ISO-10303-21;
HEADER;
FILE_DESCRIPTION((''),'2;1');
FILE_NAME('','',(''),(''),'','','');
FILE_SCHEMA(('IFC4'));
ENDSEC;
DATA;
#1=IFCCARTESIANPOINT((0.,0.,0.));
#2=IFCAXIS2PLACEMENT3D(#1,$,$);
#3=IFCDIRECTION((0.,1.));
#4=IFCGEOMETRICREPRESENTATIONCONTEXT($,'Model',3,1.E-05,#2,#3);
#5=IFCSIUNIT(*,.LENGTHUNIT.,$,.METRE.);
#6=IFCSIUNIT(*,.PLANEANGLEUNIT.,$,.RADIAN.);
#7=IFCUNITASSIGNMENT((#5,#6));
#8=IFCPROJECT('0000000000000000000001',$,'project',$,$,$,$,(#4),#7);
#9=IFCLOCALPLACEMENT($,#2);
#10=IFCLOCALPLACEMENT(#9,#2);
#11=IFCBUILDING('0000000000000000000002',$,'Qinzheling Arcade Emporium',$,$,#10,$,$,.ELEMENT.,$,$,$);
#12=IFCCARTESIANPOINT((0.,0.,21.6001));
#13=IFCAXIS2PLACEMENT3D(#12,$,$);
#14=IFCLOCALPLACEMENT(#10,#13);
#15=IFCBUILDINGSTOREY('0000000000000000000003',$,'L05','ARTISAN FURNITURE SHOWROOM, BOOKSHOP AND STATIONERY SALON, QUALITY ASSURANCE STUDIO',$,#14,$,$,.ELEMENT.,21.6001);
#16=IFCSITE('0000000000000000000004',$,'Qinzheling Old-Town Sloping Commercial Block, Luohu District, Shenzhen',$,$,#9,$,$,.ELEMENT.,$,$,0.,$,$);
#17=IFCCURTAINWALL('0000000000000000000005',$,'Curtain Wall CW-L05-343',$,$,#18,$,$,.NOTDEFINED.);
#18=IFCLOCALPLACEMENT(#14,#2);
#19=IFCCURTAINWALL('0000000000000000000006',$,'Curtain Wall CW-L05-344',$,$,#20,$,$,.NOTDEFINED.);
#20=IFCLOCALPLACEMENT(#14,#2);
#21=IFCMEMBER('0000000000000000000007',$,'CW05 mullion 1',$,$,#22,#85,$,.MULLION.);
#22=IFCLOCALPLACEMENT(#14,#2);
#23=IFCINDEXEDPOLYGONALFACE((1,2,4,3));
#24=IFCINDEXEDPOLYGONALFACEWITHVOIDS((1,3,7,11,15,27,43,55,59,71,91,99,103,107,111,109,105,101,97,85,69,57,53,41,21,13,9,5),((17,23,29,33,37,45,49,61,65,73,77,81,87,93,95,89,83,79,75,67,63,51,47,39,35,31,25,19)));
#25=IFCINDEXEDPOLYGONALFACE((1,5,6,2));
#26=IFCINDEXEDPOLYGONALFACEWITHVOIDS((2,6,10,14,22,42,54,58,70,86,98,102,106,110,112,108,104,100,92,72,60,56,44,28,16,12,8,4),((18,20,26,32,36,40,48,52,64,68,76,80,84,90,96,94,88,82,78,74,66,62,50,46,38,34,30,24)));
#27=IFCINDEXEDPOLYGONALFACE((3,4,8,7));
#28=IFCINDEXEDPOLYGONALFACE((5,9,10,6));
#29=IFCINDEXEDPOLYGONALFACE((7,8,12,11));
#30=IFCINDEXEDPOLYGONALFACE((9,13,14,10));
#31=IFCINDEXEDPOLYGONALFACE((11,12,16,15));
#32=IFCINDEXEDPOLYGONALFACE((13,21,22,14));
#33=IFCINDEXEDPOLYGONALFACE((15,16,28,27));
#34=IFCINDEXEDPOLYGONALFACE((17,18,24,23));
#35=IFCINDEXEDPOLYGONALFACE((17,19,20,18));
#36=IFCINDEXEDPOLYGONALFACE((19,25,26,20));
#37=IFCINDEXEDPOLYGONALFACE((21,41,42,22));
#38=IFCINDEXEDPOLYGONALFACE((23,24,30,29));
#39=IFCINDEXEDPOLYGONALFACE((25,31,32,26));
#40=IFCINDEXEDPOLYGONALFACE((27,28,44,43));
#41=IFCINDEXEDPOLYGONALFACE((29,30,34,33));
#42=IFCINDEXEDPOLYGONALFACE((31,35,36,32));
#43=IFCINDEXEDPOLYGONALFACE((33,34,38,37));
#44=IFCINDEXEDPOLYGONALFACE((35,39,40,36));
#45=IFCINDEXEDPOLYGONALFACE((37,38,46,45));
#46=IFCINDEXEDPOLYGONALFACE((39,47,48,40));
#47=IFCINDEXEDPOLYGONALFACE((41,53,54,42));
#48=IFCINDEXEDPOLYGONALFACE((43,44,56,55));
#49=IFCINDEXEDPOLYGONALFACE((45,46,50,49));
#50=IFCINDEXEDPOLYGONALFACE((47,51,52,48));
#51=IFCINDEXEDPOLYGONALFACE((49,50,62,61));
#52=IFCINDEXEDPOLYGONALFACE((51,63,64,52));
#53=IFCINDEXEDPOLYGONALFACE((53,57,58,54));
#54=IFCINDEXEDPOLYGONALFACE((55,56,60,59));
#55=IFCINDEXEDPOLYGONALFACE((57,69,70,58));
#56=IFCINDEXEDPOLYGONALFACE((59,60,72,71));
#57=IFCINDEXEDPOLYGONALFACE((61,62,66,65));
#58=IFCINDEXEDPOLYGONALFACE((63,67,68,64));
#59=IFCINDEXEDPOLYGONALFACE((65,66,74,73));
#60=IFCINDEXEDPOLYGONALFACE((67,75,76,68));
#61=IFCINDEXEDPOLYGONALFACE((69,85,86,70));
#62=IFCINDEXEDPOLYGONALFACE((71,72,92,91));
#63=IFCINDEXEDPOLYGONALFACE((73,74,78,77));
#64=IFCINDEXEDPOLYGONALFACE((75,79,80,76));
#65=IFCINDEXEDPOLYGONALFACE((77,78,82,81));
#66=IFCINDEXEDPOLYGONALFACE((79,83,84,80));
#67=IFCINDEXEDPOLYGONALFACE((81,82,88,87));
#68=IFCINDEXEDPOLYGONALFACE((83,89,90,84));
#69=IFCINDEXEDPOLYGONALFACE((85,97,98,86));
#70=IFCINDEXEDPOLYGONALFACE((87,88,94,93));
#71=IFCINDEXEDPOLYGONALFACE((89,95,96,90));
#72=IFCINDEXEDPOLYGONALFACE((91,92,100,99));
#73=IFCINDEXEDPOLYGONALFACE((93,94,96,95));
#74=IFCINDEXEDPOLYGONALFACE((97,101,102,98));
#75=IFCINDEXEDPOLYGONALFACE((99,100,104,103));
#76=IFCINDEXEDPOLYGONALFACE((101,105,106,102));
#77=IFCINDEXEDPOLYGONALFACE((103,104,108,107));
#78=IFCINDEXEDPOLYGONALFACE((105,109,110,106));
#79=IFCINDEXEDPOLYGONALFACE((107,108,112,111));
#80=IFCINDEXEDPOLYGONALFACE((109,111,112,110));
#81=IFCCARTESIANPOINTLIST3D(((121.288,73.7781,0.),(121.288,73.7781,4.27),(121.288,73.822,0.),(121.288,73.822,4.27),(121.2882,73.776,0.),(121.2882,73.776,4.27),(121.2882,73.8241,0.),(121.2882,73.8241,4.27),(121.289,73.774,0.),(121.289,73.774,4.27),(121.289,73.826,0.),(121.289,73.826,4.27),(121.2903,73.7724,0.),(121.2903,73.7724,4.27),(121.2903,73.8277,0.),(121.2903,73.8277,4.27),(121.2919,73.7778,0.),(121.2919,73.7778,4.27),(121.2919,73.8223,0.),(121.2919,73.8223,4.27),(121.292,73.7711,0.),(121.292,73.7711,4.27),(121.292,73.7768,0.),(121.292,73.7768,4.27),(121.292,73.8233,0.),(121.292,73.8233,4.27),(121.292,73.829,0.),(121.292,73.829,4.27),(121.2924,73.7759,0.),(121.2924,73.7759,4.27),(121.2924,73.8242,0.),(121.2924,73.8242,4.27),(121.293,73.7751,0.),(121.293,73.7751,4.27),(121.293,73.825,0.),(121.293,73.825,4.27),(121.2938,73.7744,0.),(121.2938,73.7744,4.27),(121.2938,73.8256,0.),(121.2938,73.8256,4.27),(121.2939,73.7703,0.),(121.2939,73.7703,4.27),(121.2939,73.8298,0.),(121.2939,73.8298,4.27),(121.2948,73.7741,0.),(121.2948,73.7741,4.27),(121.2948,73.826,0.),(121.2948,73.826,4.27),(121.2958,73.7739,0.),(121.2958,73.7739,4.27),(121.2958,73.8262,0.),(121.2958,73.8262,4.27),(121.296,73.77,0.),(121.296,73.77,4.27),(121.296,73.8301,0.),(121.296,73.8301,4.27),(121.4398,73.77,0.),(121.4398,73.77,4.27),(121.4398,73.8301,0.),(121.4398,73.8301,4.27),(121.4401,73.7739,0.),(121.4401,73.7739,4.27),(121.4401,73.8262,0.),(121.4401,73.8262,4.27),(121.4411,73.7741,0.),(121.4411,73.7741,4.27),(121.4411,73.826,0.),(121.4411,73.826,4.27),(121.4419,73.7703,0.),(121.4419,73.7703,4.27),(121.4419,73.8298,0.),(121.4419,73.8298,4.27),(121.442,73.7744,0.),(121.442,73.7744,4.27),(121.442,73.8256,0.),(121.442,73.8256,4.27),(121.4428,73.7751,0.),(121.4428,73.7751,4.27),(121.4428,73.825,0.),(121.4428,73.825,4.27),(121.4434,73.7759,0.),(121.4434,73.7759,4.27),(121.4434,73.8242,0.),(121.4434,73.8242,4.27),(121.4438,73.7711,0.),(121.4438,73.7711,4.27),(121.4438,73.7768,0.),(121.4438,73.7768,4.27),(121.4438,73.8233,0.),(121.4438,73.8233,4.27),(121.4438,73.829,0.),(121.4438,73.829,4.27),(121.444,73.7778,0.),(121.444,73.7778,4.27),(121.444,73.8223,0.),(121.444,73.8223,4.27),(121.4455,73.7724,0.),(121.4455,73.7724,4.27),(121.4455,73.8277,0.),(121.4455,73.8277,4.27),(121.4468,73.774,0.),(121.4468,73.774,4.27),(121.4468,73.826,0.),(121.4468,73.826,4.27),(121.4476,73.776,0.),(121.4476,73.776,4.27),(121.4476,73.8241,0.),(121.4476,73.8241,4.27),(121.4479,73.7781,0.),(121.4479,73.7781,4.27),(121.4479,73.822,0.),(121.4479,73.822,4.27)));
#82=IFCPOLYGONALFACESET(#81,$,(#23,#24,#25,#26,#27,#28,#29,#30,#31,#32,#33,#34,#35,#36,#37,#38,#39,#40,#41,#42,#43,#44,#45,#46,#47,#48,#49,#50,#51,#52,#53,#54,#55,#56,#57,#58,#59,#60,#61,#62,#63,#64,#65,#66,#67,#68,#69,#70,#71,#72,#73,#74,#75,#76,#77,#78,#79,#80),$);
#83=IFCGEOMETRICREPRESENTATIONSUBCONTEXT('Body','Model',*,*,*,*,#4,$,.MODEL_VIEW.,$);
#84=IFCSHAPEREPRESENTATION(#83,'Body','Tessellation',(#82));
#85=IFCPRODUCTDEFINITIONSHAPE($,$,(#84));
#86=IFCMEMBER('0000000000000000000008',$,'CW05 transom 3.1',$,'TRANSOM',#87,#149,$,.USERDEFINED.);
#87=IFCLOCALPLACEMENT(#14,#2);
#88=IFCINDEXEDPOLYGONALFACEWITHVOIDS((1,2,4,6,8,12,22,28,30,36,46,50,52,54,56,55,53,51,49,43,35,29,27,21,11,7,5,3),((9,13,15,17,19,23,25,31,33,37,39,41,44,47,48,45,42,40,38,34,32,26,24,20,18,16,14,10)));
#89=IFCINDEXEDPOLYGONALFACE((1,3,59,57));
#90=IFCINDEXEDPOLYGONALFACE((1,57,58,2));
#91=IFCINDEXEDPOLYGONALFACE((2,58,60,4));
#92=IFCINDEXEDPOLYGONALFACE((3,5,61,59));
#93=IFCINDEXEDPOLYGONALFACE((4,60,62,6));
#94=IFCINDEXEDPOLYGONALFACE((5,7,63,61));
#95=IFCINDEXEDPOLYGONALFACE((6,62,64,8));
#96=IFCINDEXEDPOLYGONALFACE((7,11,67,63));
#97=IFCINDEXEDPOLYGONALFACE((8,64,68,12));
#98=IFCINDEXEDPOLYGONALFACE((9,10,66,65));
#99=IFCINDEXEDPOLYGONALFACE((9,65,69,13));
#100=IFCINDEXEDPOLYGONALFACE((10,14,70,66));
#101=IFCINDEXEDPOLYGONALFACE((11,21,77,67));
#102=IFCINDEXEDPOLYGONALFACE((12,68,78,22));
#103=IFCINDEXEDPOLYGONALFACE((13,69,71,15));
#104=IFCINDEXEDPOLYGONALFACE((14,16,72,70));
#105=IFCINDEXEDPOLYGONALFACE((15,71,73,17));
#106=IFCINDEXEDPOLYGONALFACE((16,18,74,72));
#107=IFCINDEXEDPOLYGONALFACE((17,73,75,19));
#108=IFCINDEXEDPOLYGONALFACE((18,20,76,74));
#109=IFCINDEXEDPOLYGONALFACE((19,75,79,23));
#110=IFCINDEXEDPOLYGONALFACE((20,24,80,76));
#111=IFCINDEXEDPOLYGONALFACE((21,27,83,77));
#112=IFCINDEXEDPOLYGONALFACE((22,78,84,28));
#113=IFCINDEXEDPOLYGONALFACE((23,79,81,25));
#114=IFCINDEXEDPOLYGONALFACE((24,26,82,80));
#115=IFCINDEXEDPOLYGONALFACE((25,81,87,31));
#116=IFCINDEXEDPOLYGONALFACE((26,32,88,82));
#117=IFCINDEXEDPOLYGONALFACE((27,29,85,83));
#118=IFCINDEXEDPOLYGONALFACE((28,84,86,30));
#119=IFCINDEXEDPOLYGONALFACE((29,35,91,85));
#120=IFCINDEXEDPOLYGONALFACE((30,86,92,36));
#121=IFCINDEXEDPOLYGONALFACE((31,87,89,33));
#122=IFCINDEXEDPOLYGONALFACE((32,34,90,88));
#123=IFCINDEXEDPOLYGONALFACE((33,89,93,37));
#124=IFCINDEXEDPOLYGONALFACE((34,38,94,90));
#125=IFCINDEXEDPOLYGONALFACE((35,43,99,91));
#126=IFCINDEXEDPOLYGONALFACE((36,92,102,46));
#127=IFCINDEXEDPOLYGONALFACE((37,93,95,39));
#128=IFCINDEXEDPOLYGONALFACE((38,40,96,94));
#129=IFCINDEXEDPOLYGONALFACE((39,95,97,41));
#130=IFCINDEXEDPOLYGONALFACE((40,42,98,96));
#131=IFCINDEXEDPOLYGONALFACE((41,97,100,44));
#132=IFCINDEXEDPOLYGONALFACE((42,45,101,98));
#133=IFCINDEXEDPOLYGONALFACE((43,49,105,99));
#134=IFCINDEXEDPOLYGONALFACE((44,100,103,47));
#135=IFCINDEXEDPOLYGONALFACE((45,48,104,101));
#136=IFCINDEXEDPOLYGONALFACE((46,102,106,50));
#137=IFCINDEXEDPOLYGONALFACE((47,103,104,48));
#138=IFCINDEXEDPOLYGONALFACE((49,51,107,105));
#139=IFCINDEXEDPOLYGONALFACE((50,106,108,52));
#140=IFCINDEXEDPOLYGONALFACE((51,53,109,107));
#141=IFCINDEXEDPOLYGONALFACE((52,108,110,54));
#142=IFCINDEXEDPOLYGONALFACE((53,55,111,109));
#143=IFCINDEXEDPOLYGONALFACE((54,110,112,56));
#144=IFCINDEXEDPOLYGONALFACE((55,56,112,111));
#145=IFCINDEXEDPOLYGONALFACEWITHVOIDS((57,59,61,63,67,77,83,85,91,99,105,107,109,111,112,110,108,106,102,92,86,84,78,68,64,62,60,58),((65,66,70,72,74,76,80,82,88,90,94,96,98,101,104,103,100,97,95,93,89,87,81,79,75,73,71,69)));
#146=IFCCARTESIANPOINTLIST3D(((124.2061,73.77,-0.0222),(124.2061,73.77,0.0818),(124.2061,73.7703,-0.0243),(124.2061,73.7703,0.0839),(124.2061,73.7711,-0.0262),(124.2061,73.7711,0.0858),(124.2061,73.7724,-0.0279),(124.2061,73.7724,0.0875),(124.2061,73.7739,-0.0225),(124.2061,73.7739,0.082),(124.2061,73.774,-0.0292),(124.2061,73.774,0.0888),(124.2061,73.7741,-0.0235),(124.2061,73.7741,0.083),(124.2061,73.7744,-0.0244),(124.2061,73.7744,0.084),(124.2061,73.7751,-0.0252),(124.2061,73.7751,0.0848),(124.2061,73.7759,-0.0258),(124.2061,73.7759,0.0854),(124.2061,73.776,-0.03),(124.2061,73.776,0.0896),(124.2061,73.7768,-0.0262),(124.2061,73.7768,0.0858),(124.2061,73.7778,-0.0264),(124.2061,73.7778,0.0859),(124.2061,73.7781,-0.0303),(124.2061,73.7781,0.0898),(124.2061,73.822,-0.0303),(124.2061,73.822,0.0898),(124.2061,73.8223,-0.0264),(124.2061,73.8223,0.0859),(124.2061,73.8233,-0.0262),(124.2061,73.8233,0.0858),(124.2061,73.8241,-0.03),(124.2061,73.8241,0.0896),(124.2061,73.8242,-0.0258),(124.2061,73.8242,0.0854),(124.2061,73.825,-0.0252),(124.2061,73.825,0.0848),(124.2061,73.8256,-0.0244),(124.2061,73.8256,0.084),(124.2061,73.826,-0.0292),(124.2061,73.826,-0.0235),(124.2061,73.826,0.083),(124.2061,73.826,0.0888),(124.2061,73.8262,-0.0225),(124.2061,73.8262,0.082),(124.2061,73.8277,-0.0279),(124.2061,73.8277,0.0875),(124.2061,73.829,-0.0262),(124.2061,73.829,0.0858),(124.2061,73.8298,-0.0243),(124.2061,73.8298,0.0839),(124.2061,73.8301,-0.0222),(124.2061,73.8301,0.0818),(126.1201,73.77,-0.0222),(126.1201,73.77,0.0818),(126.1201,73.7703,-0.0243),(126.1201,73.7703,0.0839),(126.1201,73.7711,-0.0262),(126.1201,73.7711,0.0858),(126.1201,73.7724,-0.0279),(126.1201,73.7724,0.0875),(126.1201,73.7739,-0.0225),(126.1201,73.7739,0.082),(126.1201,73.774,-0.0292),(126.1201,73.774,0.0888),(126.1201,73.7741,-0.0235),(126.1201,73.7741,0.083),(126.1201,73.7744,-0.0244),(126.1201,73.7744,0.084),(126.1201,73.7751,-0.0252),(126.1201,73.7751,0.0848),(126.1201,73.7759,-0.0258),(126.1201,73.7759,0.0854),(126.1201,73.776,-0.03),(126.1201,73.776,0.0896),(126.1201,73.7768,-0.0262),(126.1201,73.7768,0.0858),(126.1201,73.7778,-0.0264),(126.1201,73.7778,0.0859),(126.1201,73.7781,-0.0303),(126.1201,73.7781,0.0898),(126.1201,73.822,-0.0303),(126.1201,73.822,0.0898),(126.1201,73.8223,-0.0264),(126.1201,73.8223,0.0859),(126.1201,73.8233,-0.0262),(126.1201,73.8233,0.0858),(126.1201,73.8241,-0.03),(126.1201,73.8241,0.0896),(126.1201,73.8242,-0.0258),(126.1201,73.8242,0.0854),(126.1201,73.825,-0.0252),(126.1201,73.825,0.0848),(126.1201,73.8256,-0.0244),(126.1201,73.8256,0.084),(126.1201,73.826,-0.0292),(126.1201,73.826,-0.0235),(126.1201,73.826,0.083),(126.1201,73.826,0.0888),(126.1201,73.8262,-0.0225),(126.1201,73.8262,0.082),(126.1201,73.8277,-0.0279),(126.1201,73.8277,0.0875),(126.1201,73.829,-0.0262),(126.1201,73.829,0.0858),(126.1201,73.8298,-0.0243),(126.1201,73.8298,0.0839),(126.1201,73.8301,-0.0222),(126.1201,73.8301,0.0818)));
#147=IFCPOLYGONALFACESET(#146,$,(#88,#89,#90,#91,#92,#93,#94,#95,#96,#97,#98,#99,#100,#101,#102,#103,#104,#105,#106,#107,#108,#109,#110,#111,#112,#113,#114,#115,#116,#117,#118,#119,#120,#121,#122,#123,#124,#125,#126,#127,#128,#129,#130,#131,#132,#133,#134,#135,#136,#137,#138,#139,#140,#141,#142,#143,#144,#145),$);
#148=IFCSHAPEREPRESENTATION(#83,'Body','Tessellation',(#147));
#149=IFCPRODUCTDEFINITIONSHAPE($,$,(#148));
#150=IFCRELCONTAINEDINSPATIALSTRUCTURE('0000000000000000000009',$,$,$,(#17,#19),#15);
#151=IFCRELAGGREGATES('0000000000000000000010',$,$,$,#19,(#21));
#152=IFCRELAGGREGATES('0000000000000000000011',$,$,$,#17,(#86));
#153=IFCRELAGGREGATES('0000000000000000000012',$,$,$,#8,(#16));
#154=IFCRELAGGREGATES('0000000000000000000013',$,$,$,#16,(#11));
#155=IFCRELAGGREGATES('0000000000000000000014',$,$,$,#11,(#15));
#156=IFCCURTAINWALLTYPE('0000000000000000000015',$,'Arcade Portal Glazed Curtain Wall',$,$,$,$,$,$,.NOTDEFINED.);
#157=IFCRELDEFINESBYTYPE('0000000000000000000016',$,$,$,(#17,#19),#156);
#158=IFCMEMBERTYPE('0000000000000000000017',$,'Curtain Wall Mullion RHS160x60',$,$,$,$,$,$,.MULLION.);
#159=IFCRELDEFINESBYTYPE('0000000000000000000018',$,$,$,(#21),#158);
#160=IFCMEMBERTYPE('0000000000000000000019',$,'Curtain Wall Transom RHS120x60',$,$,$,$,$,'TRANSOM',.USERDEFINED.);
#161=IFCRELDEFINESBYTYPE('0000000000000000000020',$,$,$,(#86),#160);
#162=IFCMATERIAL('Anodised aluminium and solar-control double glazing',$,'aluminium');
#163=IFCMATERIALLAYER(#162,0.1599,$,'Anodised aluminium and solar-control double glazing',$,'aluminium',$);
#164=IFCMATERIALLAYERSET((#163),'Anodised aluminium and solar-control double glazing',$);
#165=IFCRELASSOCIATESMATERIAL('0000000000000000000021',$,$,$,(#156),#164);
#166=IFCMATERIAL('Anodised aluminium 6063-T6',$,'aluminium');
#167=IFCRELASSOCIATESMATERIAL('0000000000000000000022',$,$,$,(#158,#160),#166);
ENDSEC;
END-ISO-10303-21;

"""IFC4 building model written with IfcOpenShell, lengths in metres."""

from ifc_helpers import new_model, si_unit, direction, frame, origin, origin_2d, place, context, subcontext, project, spatial, hollow_rectangle, extrude, material, layer, layer_set, material_profile, profile_set, type_object, element, aggregate, save


model = new_model("IFC4")

# Units and contexts
model_context = context("Model", 3, precision=1e-05, world=origin(), true_north=direction((0.0, 1.0)))
body_context = subcontext(model_context, "Body", "Model", "MODEL_VIEW")
ifc_project = project(units=[si_unit("LENGTHUNIT", "METRE"), si_unit("PLANEANGLEUNIT", "RADIAN")], contexts=[model_context])

# Site, building, storey
site_placement = place(None, origin())
site = spatial("IfcSite", under=ifc_project, at=site_placement, Name="Qinzheling Old-Town Sloping Commercial Block, Luohu District, Shenzhen", CompositionType="ELEMENT", RefElevation=0.0)
building_placement = place(site_placement, origin())
building = spatial("IfcBuilding", under=site, at=building_placement, Name="Qinzheling Arcade Emporium", CompositionType="ELEMENT")
storey_placement = place(building_placement, frame((0.0, 0.0, 21.6001)))
storey = spatial("IfcBuildingStorey", under=building, at=storey_placement, Name="L05", Description="ARTISAN FURNITURE SHOWROOM, BOOKSHOP AND STATIONERY SALON, QUALITY ASSURANCE STUDIO", CompositionType="ELEMENT", Elevation=21.6001)

# Curtain wall
ifc_material_1 = material(Name="Anodised aluminium and solar-control double glazing", Category="aluminium")
ifc_layer_1 = layer(ifc_material_1, 0.1599, Name="Anodised aluminium and solar-control double glazing", Category="aluminium")
ifc_layer_set_1 = layer_set([ifc_layer_1], Name="Anodised aluminium and solar-control double glazing")
curtain_wall_type = type_object("IfcCurtainWallType", Name="Arcade Portal Glazed Curtain Wall", PredefinedType="NOTDEFINED", material=ifc_layer_set_1)
curtain_wall_1_placement = place(storey_placement, origin())
curtain_wall_1 = element("IfcCurtainWall", 1, at=curtain_wall_1_placement, inside=storey, type_object=curtain_wall_type, Name="Curtain Wall CW-L05-343", PredefinedType="NOTDEFINED")
ifc_material_2 = material(Name="Anodised aluminium 6063-T6", Category="aluminium")
ifc_material_profile_1 = material_profile(ifc_material_2, hollow_rectangle(XDim=0.0601, YDim=0.1599, WallThickness=0.0039, InnerFilletRadius=0.0039, OuterFilletRadius=0.0081, at=origin_2d()), Name="RHS 160x60x4", Category="aluminium")
ifc_profile_set_1 = profile_set([ifc_material_profile_1], Name="Anodised aluminium 6063-T6")
member_type_1 = type_object("IfcMemberType", Name="Curtain Wall Mullion RHS160x60", PredefinedType="MULLION", material=ifc_profile_set_1)

# Curtain wall, member
curtain_wall_2_placement = place(storey_placement, origin())
curtain_wall_2 = element("IfcCurtainWall", 2, at=curtain_wall_2_placement, inside=storey, type_object=curtain_wall_type, Name="Curtain Wall CW-L05-344", PredefinedType="NOTDEFINED")
member_1_placement = place(storey_placement, frame((121.3679, 73.8, 0.0), z_axis=(0.0, 0.0, 1.0), x_axis=(0.0, -1.0, 0.0)))
member_1 = element("IfcMember", 3, at=member_1_placement, type_object=member_type_1, Name="CW05 mullion 1", PredefinedType="MULLION", context=body_context, shape_type="SweptSolid", body=[
    extrude(hollow_rectangle(XDim=0.0601, YDim=0.1599, WallThickness=0.0039, InnerFilletRadius=0.0039, OuterFilletRadius=0.0081, at=origin_2d()), origin(), (0.0, 0.0, 1.0), 4.27),
])

# Member
ifc_material_profile_2 = material_profile(ifc_material_2, hollow_rectangle(XDim=0.0601, YDim=0.1201, WallThickness=0.0039, InnerFilletRadius=0.0039, OuterFilletRadius=0.0081, at=origin_2d()), Name="RHS 120x60x4", Category="aluminium")
ifc_profile_set_2 = profile_set([ifc_material_profile_2], Name="Anodised aluminium 6063-T6")
member_type_2 = type_object("IfcMemberType", Name="Curtain Wall Transom RHS120x60", ElementType="TRANSOM", PredefinedType="USERDEFINED", material=ifc_profile_set_2)
member_2_placement = place(storey_placement, frame((126.1201, 73.8, 0.0298), z_axis=(-1.0, 0.0, 0.0), x_axis=(0.0, -1.0, 0.0)))
member_2 = element("IfcMember", 4, at=member_2_placement, type_object=member_type_2, Name="CW05 transom 3.1", ObjectType="TRANSOM", PredefinedType="USERDEFINED", context=body_context, shape_type="SweptSolid", body=[
    extrude(hollow_rectangle(XDim=0.0601, YDim=0.1201, WallThickness=0.0039, InnerFilletRadius=0.0039, OuterFilletRadius=0.0081, at=origin_2d()), origin(), (0.0, 0.0, 1.0), 1.9141),
])
aggregate(curtain_wall_2, [member_1])

aggregate(curtain_wall_1, [member_2])

save(model, "model.ifc")
